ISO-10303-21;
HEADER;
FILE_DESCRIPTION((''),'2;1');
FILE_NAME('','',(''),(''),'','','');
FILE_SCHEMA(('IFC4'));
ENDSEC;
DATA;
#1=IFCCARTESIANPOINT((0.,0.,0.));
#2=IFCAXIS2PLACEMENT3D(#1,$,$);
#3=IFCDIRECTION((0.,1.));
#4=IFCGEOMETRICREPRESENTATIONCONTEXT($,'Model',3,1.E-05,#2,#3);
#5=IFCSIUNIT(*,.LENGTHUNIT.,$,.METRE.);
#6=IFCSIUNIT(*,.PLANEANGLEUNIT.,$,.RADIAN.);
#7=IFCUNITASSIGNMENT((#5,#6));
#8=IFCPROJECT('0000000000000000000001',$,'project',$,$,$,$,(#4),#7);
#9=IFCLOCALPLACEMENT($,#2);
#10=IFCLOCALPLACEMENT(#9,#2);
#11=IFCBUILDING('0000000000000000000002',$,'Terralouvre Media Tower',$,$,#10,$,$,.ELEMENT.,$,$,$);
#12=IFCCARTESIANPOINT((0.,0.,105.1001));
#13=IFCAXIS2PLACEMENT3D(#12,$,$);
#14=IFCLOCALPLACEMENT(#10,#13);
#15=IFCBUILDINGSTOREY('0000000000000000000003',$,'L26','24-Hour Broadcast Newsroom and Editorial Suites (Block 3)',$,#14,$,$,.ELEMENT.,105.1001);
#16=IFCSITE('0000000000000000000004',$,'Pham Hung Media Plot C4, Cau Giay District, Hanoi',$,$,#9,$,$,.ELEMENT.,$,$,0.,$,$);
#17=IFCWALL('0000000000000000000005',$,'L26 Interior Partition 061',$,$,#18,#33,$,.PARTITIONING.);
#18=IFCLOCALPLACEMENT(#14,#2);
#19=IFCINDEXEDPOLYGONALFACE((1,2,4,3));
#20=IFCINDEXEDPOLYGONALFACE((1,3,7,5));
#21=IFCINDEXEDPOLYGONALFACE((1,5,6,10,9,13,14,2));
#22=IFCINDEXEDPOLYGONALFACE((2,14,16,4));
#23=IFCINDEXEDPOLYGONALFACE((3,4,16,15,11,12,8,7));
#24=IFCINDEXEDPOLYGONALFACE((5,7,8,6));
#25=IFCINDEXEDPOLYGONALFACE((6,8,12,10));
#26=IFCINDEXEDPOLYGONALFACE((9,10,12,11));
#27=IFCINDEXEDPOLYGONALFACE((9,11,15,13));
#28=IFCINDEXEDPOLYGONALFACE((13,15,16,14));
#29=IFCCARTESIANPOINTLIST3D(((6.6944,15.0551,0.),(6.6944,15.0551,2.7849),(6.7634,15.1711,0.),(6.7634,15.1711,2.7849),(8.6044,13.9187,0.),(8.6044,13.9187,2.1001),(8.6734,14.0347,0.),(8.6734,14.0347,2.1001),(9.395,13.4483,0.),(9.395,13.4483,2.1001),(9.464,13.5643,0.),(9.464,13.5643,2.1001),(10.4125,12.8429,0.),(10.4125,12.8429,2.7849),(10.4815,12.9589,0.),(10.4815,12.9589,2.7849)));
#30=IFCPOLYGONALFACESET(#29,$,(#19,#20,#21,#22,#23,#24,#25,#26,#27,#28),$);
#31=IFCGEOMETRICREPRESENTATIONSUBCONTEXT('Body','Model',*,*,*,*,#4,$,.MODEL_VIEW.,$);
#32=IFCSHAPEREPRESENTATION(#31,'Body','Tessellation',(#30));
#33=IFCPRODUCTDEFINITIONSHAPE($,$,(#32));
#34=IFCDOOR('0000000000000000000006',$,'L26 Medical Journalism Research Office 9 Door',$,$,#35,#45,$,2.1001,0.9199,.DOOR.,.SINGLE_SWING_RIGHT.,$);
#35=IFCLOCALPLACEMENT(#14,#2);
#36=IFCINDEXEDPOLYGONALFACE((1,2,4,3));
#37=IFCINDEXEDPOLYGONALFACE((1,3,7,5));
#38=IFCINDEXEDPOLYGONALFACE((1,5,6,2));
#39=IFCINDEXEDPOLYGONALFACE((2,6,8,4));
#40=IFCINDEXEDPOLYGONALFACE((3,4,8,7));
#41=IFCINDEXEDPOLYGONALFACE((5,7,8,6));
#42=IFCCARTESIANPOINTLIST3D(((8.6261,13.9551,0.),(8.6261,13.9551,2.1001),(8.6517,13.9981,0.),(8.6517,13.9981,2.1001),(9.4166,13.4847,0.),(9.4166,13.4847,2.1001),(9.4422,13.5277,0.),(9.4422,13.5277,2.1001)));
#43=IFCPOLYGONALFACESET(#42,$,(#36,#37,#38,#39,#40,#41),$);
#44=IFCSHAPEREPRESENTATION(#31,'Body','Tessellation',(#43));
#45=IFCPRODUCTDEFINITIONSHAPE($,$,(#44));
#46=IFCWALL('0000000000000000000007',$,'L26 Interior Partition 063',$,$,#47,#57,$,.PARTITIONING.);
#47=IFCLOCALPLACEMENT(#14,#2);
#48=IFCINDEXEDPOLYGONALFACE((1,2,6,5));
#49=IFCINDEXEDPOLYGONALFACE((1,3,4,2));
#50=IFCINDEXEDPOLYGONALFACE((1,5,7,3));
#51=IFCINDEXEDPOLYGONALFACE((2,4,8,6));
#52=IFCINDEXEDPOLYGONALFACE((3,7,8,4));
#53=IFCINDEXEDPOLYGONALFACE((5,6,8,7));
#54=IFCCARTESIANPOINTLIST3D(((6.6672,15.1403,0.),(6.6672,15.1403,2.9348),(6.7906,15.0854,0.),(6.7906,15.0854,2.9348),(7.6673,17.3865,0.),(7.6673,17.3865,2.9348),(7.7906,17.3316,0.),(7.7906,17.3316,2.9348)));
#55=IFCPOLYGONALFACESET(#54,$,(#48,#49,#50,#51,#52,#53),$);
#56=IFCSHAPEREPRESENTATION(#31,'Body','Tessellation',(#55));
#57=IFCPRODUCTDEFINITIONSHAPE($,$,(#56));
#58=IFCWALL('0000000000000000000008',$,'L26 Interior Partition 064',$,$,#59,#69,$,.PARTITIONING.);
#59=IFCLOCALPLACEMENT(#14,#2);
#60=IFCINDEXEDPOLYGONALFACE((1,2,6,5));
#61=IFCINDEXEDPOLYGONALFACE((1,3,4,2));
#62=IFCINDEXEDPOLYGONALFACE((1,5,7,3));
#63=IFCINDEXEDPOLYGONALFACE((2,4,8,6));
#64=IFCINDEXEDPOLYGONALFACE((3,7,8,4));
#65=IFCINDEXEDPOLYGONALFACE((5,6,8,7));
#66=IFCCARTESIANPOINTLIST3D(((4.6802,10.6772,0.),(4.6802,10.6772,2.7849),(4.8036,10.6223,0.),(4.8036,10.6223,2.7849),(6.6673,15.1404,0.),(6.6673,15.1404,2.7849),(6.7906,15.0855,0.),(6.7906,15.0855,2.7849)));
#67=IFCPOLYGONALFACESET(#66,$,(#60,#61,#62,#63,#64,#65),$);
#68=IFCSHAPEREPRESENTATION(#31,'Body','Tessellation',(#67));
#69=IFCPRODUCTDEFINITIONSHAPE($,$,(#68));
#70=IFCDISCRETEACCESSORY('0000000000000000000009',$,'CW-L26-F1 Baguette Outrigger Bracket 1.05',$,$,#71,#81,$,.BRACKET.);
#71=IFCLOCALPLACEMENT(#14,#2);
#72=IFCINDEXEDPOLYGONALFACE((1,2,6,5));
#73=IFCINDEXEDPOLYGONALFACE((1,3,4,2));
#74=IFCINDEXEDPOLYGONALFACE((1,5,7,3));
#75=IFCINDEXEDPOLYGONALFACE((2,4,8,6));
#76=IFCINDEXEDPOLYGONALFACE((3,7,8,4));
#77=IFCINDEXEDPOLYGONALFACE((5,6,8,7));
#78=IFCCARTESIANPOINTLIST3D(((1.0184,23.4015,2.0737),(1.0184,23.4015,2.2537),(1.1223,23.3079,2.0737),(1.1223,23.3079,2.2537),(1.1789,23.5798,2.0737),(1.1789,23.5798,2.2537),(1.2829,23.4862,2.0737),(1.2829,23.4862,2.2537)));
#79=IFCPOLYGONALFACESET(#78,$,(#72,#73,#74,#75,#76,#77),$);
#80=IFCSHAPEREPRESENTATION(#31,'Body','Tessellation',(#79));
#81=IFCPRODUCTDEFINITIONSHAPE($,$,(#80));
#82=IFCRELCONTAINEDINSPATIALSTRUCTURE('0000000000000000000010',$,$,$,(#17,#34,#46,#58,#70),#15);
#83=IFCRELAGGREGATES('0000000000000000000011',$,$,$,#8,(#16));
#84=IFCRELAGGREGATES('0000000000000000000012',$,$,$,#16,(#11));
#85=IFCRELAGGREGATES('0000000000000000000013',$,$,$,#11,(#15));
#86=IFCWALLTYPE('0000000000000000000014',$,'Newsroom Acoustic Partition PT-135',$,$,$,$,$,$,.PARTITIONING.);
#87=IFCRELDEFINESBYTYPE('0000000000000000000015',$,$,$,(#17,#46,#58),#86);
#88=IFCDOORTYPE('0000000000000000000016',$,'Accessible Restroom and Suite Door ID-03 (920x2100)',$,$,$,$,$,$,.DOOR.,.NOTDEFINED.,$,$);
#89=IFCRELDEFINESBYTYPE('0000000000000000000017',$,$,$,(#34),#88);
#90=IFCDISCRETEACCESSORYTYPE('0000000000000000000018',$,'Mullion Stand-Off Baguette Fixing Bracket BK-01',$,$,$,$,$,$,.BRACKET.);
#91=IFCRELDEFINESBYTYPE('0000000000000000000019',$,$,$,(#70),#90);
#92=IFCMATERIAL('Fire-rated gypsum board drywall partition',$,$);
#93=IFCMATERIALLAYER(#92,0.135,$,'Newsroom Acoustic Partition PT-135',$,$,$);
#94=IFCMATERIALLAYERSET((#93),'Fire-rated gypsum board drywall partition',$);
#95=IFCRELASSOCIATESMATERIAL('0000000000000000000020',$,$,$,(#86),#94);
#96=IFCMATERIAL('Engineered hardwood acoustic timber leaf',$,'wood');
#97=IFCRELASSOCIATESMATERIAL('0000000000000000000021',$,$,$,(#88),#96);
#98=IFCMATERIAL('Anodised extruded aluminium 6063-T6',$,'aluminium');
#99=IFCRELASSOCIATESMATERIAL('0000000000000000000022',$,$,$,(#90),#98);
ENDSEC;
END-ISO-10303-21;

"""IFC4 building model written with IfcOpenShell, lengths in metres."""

from ifc_helpers import new_model, si_unit, direction, frame, frame_2d, origin, origin_2d, place, context, subcontext, project, spatial, rectangle, extrude, material, layer, layer_set, type_object, element, fill, save


model = new_model("IFC4")

# Units and contexts
model_context = context("Model", 3, precision=1e-05, world=origin(), true_north=direction((0.0, 1.0)))
body_context = subcontext(model_context, "Body", "Model", "MODEL_VIEW")
ifc_project = project(units=[si_unit("LENGTHUNIT", "METRE"), si_unit("PLANEANGLEUNIT", "RADIAN")], contexts=[model_context])

# Site, building, storey
site_placement = place(None, origin())
site = spatial("IfcSite", under=ifc_project, at=site_placement, Name="Pham Hung Media Plot C4, Cau Giay District, Hanoi", CompositionType="ELEMENT", RefElevation=0.0)
building_placement = place(site_placement, origin())
building = spatial("IfcBuilding", under=site, at=building_placement, Name="Terralouvre Media Tower", CompositionType="ELEMENT")
storey_placement = place(building_placement, frame((0.0, 0.0, 105.1001)))
storey = spatial("IfcBuildingStorey", under=building, at=storey_placement, Name="L26", Description="24-Hour Broadcast Newsroom and Editorial Suites (Block 3)", CompositionType="ELEMENT", Elevation=105.1001)

# Wall, opening, door
ifc_material_1 = material(Name="Fire-rated gypsum board drywall partition")
ifc_layer_1 = layer(ifc_material_1, 0.135, Name="Newsroom Acoustic Partition PT-135")
ifc_layer_set_1 = layer_set([ifc_layer_1], Name="Fire-rated gypsum board drywall partition")
wall_type = type_object("IfcWallType", Name="Newsroom Acoustic Partition PT-135", PredefinedType="PARTITIONING", material=ifc_layer_set_1)
wall_1_placement = place(storey_placement, frame((6.729, 15.113, 0.0), z_axis=(0.0, 0.0, 1.0), x_axis=(0.859389, -0.511322, 0.0)))
wall_1 = element("IfcWall", 1, at=wall_1_placement, inside=storey, type_object=wall_type, Name="L26 Interior Partition 061", PredefinedType="PARTITIONING", context=body_context, shape_type="SweptSolid", body=[
    extrude(rectangle(XDim=4.3264, YDim=0.135, at=frame_2d((2.1631, 0.0))), origin(), (0.0, 0.0, 1.0), 2.7849),
])
opening_1_placement = place(wall_1_placement, frame((2.2224, 0.0, 0.0)))
opening_1 = element("IfcOpeningElement", 2, at=opening_1_placement, cuts=wall_1, PredefinedType="OPENING", context=body_context, shape_type="SweptSolid", body=[
    extrude(rectangle(XDim=0.9199, YDim=2.1001, at=frame_2d((0.46, 1.05))), frame((0.0, 0.0774, 0.0), z_axis=(0.0, -1.0, 0.0), x_axis=(1.0, 0.0, 0.0)), (0.0, 0.0, 1.0), 0.155),
])
ifc_material_2 = material(Name="Engineered hardwood acoustic timber leaf", Category="wood")
door_type_1 = type_object("IfcDoorType", Name="Accessible Restroom and Suite Door ID-03 (920x2100)", OperationType="NOTDEFINED", PredefinedType="DOOR", material=ifc_material_2)
door_1_placement = place(opening_1_placement, origin())
door_1 = element("IfcDoor", 3, at=door_1_placement, inside=storey, type_object=door_type_1, Name="L26 Medical Journalism Research Office 9 Door", OperationType="SINGLE_SWING_RIGHT", OverallHeight=2.1001, OverallWidth=0.9199, PredefinedType="DOOR", context=body_context, shape_type="SweptSolid", body=[
    extrude(rectangle(XDim=0.9199, YDim=2.1001, at=frame_2d((0.46, 1.05))), frame((0.0, 0.0249, 0.0), z_axis=(0.0, -1.0, 0.0), x_axis=(1.0, 0.0, 0.0)), (0.0, 0.0, 1.0), 0.05),
])
fill(opening_1, door_1)

# Walls
wall_2_placement = place(storey_placement, frame((7.729, 17.3591, 0.0), z_axis=(0.0, 0.0, 1.0), x_axis=(-0.406728, -0.913549, 0.0)))
element("IfcWall", 4, at=wall_2_placement, inside=storey, type_object=wall_type, Name="L26 Interior Partition 063", PredefinedType="PARTITIONING", context=body_context, shape_type="SweptSolid", body=[
    extrude(rectangle(XDim=2.4587, YDim=0.135, at=frame_2d((1.2295, 0.0))), origin(), (0.0, 0.0, 1.0), 2.9348),
])
wall_3_placement = place(storey_placement, frame((6.729, 15.113, 0.0), z_axis=(0.0, 0.0, 1.0), x_axis=(-0.406727, -0.91355, 0.0)))
element("IfcWall", 5, at=wall_3_placement, inside=storey, type_object=wall_type, Name="L26 Interior Partition 064", PredefinedType="PARTITIONING", context=body_context, shape_type="SweptSolid", body=[
    extrude(rectangle(XDim=4.8855, YDim=0.135, at=frame_2d((2.4429, 0.0))), origin(), (0.0, 0.0, 1.0), 2.7849),
])

# Discrete accessory
ifc_material_3 = material(Name="Anodised extruded aluminium 6063-T6", Category="aluminium")
discrete_accessory_type = type_object("IfcDiscreteAccessoryType", Name="Mullion Stand-Off Baguette Fixing Bracket BK-01", PredefinedType="BRACKET", material=ifc_material_3)
discrete_accessory_placement = place(storey_placement, frame((1.1506, 23.4438, 2.0737), z_axis=(0.0, 0.0, 1.0), x_axis=(-0.743145, 0.669131, 0.0)))
element("IfcDiscreteAccessory", 6, at=discrete_accessory_placement, inside=storey, type_object=discrete_accessory_type, Name="CW-L26-F1 Baguette Outrigger Bracket 1.05", PredefinedType="BRACKET", context=body_context, shape_type="SweptSolid", body=[
    extrude(rectangle(XDim=0.1399, YDim=0.24, at=origin_2d()), origin(), (0.0, 0.0, 1.0), 0.1799),
])

save(model, "model.ifc")
